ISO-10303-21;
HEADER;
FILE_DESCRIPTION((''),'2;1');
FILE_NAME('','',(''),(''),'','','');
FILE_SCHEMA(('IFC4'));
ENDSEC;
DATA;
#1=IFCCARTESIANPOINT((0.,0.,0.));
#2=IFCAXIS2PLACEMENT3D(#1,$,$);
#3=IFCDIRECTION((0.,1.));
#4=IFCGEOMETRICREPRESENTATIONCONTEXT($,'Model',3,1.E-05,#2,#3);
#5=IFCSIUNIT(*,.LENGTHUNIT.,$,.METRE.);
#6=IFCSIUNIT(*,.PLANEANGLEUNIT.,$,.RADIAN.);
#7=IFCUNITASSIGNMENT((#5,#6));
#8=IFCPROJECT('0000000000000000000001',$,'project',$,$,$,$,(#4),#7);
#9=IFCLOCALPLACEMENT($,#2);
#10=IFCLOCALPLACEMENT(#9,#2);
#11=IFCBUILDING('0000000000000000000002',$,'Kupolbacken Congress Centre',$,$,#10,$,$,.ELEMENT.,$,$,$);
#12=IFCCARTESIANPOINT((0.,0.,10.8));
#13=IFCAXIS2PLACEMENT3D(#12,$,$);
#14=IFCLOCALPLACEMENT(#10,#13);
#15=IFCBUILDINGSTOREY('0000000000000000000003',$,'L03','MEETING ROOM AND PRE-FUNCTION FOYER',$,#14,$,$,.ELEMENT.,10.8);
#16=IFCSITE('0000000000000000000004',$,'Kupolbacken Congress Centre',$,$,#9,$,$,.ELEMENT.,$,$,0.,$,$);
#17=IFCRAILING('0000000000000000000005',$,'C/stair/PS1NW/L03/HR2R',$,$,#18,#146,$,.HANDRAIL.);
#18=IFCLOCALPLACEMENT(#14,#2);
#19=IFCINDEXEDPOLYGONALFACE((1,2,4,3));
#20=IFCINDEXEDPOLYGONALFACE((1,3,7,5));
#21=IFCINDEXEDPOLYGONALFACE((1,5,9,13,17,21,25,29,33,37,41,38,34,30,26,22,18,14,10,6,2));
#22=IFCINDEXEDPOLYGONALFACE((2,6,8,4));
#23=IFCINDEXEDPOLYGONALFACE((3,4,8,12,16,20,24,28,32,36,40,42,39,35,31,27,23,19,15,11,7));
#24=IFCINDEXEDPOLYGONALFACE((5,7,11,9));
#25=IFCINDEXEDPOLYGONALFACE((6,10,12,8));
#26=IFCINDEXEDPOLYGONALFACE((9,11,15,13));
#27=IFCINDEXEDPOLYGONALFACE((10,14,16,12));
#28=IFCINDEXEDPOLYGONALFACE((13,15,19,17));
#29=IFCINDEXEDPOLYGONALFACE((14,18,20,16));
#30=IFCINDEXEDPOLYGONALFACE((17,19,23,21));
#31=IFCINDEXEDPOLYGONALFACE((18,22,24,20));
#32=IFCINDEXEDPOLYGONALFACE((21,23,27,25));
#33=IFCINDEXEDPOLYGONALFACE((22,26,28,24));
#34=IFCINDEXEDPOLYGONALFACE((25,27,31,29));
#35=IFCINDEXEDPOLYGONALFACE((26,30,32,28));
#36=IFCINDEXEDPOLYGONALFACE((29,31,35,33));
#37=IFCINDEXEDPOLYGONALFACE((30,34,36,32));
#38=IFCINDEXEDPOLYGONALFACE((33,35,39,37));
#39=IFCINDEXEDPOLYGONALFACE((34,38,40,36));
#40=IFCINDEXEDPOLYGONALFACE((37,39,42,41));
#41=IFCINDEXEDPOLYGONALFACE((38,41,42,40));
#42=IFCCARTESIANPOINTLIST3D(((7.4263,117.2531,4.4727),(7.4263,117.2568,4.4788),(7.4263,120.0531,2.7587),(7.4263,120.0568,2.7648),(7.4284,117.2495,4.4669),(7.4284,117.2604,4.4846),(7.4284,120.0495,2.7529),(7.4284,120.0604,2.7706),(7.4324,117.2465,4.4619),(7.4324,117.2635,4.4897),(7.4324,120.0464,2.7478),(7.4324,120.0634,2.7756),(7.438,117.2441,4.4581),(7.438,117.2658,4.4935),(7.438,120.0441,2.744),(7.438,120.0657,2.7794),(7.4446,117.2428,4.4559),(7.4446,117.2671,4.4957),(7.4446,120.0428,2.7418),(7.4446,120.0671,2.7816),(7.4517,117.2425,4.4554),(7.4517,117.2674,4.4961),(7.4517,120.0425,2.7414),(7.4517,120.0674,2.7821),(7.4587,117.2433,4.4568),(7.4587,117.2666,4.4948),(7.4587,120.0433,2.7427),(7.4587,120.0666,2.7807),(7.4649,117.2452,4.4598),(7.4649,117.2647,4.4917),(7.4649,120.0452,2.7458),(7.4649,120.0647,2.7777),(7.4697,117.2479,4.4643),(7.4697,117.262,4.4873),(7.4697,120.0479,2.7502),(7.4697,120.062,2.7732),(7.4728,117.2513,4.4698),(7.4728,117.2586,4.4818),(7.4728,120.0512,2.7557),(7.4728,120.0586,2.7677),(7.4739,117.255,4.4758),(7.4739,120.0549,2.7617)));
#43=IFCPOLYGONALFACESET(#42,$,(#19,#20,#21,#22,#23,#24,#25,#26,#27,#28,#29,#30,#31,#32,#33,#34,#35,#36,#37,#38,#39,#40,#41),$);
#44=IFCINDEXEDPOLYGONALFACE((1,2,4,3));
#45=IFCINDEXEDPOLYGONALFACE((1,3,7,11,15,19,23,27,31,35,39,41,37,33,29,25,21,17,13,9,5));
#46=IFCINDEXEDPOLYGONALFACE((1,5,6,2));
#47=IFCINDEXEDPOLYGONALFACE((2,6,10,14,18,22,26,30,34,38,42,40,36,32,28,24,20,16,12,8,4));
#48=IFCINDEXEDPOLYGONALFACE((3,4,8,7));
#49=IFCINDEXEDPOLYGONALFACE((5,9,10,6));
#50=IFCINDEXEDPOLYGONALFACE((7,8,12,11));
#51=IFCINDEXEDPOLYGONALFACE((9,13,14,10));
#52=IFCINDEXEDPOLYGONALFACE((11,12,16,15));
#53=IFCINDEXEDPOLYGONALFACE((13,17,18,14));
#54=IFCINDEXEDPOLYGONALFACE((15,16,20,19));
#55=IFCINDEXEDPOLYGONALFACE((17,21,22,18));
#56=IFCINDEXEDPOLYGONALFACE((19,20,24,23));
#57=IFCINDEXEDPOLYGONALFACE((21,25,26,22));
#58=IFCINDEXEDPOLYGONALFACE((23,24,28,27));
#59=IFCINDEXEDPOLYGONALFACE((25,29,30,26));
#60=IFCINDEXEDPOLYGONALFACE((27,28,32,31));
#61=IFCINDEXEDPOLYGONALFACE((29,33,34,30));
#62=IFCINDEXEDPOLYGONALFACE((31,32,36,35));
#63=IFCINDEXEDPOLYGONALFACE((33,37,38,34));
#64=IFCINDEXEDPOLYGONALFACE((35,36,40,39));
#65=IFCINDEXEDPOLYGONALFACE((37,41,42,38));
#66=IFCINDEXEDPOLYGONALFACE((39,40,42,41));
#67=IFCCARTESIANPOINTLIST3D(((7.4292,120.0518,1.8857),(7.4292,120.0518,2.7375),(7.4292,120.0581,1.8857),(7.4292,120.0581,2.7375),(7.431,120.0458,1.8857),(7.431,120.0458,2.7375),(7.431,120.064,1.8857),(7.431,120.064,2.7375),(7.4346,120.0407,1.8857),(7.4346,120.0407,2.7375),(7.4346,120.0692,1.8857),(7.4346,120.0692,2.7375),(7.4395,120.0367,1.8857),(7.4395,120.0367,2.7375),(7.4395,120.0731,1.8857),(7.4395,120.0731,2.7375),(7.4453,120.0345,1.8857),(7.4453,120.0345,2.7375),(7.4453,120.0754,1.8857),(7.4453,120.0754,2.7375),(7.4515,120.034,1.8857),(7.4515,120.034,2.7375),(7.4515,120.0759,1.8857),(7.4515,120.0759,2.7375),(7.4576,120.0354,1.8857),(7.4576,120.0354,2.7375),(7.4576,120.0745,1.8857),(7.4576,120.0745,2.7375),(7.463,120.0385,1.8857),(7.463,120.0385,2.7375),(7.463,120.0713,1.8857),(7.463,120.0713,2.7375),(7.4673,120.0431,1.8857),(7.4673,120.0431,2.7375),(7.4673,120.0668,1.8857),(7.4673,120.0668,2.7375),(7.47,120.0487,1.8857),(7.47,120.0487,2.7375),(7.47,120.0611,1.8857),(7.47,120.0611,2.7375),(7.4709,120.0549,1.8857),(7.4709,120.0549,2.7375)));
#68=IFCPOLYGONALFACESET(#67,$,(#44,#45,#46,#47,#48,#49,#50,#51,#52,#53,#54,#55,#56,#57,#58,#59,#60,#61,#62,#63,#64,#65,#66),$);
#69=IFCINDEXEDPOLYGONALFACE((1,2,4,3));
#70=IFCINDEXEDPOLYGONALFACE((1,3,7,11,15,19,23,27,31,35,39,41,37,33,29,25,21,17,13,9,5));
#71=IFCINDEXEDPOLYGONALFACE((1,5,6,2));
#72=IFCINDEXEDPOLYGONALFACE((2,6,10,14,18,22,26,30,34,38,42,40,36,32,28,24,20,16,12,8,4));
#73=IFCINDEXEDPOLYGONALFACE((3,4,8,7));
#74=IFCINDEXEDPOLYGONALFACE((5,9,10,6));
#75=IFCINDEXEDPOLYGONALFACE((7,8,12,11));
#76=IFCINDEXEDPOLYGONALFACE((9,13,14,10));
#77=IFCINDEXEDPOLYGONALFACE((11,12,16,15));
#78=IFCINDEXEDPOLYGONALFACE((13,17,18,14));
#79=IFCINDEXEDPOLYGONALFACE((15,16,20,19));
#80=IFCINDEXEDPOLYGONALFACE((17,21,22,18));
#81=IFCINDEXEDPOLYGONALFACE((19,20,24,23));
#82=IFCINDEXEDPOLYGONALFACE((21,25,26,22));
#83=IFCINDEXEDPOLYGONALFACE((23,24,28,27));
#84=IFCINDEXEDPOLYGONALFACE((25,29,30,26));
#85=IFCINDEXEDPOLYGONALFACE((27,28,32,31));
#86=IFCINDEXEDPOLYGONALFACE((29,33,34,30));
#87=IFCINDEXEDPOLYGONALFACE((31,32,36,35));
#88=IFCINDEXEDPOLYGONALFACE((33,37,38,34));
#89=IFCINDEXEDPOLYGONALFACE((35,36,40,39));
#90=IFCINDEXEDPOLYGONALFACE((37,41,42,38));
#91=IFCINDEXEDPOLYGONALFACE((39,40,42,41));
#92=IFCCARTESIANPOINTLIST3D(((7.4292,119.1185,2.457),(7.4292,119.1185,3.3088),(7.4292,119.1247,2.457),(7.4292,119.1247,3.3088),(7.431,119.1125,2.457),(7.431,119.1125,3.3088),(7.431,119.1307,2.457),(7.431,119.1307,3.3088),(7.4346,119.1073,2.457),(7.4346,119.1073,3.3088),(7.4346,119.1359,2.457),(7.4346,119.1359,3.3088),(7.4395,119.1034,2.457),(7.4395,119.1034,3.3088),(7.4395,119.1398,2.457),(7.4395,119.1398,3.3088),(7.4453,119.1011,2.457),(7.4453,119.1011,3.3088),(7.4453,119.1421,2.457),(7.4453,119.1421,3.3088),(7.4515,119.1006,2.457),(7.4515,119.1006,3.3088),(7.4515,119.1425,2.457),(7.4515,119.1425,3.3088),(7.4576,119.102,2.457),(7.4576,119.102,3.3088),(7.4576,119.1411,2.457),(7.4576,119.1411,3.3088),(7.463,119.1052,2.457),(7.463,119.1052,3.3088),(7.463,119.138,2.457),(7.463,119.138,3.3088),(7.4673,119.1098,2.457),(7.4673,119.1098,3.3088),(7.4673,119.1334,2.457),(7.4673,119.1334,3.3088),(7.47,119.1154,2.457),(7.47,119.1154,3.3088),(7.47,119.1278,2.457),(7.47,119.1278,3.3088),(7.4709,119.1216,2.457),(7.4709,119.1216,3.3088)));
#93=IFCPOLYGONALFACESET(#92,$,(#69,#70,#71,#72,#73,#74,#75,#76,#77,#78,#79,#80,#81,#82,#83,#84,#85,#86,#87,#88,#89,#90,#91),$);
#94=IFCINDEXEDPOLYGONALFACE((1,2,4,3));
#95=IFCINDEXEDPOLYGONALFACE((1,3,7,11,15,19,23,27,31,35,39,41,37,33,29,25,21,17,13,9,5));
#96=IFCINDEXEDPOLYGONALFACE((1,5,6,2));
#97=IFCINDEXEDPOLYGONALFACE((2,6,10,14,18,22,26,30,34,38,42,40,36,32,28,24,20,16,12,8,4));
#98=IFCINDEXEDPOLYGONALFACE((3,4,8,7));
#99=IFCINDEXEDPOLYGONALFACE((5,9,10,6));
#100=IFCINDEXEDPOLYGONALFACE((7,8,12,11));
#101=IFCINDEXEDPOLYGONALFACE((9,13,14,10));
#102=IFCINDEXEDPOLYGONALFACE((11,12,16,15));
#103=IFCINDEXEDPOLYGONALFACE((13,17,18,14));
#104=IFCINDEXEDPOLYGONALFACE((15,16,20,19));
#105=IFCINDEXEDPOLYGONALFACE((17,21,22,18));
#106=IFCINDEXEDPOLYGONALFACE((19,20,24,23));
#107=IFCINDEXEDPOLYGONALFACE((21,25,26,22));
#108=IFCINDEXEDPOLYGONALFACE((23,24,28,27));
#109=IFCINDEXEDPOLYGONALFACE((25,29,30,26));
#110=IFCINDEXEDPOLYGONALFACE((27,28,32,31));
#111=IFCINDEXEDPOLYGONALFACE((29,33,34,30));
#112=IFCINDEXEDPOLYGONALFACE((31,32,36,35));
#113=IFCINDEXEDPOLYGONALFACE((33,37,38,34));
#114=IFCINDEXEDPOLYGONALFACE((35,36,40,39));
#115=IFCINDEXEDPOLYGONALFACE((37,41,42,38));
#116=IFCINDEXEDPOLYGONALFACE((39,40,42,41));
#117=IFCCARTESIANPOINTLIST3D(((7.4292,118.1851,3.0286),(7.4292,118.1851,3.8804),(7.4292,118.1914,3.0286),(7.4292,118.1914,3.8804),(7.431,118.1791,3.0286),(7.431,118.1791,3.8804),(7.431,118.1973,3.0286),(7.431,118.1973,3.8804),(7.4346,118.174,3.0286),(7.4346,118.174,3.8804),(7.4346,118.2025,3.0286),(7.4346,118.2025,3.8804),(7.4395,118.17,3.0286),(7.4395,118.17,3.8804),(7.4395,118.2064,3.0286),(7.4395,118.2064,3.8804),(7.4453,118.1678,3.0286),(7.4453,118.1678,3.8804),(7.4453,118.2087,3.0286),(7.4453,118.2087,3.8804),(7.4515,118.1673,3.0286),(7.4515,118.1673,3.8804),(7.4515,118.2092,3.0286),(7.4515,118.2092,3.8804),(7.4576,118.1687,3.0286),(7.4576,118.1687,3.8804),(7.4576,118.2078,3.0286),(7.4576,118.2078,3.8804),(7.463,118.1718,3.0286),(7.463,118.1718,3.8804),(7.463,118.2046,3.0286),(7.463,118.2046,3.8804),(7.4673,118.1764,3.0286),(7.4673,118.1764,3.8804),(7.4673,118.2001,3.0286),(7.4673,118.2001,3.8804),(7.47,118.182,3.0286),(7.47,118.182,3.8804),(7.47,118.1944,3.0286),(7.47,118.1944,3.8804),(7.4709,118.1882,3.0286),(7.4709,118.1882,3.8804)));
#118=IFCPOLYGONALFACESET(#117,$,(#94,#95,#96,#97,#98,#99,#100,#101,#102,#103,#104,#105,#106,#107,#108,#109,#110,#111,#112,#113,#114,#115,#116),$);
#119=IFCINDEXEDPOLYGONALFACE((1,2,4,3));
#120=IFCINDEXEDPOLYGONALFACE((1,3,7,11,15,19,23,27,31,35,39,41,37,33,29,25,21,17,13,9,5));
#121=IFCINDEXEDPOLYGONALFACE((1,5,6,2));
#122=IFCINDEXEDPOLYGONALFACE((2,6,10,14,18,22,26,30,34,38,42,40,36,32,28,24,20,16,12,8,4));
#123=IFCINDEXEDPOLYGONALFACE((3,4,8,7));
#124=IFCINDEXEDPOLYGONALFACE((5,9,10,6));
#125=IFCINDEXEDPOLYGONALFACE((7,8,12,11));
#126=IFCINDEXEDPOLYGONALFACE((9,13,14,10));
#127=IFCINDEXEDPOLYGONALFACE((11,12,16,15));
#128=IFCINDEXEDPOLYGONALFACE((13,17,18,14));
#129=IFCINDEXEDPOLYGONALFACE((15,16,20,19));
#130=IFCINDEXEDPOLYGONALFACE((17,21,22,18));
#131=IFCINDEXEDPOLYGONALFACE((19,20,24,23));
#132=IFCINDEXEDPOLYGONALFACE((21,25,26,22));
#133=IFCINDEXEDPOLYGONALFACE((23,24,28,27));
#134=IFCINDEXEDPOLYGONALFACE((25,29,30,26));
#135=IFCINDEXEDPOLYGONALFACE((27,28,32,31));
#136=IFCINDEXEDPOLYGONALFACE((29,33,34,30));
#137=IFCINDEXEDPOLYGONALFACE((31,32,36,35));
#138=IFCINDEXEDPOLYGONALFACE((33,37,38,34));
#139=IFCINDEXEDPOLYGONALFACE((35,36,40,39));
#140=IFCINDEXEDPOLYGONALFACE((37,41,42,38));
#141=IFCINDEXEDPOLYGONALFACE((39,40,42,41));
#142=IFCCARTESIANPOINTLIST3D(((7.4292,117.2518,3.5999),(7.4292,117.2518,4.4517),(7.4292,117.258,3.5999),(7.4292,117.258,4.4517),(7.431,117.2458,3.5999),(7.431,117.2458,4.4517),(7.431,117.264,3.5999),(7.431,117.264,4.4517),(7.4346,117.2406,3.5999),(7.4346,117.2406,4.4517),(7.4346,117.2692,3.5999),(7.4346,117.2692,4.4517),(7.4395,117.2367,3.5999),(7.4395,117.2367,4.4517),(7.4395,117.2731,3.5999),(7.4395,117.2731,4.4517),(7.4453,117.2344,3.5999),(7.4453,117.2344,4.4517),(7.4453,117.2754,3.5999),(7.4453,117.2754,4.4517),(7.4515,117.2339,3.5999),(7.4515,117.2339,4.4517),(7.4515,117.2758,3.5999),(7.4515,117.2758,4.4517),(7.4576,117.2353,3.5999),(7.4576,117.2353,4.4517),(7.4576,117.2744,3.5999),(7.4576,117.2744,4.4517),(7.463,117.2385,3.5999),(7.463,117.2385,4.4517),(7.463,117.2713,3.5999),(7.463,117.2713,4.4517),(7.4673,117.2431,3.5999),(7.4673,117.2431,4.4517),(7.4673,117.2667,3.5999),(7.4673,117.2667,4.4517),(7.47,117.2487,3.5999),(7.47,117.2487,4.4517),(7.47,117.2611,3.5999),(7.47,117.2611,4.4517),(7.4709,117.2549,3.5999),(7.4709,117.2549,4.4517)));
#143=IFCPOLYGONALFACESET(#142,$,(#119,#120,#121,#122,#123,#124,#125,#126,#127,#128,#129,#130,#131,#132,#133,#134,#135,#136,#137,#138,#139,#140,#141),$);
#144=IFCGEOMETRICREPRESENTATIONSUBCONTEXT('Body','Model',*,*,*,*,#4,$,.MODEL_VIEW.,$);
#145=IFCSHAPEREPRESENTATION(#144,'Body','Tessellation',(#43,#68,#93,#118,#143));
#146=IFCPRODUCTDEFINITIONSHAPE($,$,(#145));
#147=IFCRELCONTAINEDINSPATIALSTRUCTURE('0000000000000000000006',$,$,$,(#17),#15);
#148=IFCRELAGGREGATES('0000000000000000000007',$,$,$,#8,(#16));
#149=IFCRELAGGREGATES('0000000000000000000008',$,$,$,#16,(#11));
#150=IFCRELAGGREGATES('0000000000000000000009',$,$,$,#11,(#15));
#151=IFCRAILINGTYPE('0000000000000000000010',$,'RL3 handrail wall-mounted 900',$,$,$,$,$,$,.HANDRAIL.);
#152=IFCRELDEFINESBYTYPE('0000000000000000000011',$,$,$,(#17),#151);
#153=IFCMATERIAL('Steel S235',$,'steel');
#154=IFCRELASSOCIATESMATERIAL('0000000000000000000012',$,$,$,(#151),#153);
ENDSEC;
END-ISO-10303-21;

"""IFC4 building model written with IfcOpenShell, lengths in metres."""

from ifc_helpers import new_model, si_unit, direction, frame, origin, origin_2d, place, context, subcontext, project, spatial, circle, extrude, material, type_object, element, save


model = new_model("IFC4")

# Units and contexts
model_context = context("Model", 3, precision=1e-05, world=origin(), true_north=direction((0.0, 1.0)))
body_context = subcontext(model_context, "Body", "Model", "MODEL_VIEW")
ifc_project = project(units=[si_unit("LENGTHUNIT", "METRE"), si_unit("PLANEANGLEUNIT", "RADIAN")], contexts=[model_context])

# Site, building, storey
site_placement = place(None, origin())
site = spatial("IfcSite", under=ifc_project, at=site_placement, Name="Kupolbacken Congress Centre", CompositionType="ELEMENT", RefElevation=0.0)
building_placement = place(site_placement, origin())
building = spatial("IfcBuilding", under=site, at=building_placement, Name="Kupolbacken Congress Centre", CompositionType="ELEMENT")
storey_placement = place(building_placement, frame((0.0, 0.0, 10.8)))
storey = spatial("IfcBuildingStorey", under=building, at=storey_placement, Name="L03", Description="MEETING ROOM AND PRE-FUNCTION FOYER", CompositionType="ELEMENT", Elevation=10.8)

# Railing
ifc_material_1 = material(Name="Steel S235", Category="steel")
railing_type = type_object("IfcRailingType", Name="RL3 handrail wall-mounted 900", PredefinedType="HANDRAIL", material=ifc_material_1)
for number, where, name in (
    (1, (7.45, 120.0549, 1.8857), "C/stair/PS1NW/L03/HR2R"),
):
    element("IfcRailing", number, at=place(storey_placement, frame(where)), inside=storey, type_object=railing_type, Name=name, PredefinedType="HANDRAIL", context=body_context, shape_type="SweptSolid", body=[
        extrude(circle(Radius=0.0239, at=origin_2d()), frame((0.0, 0.0, 0.876), z_axis=(0.0, -0.852879, 0.522109), x_axis=(1.0, 0.0, 0.0)), (0.0, 0.0, 1.0), 3.283),
        extrude(circle(Radius=0.021, at=origin_2d()), origin(), (0.0, 0.0, 1.0), 0.8518),
        extrude(circle(Radius=0.021, at=origin_2d()), frame((0.0, -0.9333, 0.5713)), (0.0, 0.0, 1.0), 0.8518),
        extrude(circle(Radius=0.021, at=origin_2d()), frame((0.0, -1.8667, 1.1428)), (0.0, 0.0, 1.0), 0.8518),
        extrude(circle(Radius=0.021, at=origin_2d()), frame((0.0, -2.8, 1.7141)), (0.0, 0.0, 1.0), 0.8518),
    ])

save(model, "model.ifc")
